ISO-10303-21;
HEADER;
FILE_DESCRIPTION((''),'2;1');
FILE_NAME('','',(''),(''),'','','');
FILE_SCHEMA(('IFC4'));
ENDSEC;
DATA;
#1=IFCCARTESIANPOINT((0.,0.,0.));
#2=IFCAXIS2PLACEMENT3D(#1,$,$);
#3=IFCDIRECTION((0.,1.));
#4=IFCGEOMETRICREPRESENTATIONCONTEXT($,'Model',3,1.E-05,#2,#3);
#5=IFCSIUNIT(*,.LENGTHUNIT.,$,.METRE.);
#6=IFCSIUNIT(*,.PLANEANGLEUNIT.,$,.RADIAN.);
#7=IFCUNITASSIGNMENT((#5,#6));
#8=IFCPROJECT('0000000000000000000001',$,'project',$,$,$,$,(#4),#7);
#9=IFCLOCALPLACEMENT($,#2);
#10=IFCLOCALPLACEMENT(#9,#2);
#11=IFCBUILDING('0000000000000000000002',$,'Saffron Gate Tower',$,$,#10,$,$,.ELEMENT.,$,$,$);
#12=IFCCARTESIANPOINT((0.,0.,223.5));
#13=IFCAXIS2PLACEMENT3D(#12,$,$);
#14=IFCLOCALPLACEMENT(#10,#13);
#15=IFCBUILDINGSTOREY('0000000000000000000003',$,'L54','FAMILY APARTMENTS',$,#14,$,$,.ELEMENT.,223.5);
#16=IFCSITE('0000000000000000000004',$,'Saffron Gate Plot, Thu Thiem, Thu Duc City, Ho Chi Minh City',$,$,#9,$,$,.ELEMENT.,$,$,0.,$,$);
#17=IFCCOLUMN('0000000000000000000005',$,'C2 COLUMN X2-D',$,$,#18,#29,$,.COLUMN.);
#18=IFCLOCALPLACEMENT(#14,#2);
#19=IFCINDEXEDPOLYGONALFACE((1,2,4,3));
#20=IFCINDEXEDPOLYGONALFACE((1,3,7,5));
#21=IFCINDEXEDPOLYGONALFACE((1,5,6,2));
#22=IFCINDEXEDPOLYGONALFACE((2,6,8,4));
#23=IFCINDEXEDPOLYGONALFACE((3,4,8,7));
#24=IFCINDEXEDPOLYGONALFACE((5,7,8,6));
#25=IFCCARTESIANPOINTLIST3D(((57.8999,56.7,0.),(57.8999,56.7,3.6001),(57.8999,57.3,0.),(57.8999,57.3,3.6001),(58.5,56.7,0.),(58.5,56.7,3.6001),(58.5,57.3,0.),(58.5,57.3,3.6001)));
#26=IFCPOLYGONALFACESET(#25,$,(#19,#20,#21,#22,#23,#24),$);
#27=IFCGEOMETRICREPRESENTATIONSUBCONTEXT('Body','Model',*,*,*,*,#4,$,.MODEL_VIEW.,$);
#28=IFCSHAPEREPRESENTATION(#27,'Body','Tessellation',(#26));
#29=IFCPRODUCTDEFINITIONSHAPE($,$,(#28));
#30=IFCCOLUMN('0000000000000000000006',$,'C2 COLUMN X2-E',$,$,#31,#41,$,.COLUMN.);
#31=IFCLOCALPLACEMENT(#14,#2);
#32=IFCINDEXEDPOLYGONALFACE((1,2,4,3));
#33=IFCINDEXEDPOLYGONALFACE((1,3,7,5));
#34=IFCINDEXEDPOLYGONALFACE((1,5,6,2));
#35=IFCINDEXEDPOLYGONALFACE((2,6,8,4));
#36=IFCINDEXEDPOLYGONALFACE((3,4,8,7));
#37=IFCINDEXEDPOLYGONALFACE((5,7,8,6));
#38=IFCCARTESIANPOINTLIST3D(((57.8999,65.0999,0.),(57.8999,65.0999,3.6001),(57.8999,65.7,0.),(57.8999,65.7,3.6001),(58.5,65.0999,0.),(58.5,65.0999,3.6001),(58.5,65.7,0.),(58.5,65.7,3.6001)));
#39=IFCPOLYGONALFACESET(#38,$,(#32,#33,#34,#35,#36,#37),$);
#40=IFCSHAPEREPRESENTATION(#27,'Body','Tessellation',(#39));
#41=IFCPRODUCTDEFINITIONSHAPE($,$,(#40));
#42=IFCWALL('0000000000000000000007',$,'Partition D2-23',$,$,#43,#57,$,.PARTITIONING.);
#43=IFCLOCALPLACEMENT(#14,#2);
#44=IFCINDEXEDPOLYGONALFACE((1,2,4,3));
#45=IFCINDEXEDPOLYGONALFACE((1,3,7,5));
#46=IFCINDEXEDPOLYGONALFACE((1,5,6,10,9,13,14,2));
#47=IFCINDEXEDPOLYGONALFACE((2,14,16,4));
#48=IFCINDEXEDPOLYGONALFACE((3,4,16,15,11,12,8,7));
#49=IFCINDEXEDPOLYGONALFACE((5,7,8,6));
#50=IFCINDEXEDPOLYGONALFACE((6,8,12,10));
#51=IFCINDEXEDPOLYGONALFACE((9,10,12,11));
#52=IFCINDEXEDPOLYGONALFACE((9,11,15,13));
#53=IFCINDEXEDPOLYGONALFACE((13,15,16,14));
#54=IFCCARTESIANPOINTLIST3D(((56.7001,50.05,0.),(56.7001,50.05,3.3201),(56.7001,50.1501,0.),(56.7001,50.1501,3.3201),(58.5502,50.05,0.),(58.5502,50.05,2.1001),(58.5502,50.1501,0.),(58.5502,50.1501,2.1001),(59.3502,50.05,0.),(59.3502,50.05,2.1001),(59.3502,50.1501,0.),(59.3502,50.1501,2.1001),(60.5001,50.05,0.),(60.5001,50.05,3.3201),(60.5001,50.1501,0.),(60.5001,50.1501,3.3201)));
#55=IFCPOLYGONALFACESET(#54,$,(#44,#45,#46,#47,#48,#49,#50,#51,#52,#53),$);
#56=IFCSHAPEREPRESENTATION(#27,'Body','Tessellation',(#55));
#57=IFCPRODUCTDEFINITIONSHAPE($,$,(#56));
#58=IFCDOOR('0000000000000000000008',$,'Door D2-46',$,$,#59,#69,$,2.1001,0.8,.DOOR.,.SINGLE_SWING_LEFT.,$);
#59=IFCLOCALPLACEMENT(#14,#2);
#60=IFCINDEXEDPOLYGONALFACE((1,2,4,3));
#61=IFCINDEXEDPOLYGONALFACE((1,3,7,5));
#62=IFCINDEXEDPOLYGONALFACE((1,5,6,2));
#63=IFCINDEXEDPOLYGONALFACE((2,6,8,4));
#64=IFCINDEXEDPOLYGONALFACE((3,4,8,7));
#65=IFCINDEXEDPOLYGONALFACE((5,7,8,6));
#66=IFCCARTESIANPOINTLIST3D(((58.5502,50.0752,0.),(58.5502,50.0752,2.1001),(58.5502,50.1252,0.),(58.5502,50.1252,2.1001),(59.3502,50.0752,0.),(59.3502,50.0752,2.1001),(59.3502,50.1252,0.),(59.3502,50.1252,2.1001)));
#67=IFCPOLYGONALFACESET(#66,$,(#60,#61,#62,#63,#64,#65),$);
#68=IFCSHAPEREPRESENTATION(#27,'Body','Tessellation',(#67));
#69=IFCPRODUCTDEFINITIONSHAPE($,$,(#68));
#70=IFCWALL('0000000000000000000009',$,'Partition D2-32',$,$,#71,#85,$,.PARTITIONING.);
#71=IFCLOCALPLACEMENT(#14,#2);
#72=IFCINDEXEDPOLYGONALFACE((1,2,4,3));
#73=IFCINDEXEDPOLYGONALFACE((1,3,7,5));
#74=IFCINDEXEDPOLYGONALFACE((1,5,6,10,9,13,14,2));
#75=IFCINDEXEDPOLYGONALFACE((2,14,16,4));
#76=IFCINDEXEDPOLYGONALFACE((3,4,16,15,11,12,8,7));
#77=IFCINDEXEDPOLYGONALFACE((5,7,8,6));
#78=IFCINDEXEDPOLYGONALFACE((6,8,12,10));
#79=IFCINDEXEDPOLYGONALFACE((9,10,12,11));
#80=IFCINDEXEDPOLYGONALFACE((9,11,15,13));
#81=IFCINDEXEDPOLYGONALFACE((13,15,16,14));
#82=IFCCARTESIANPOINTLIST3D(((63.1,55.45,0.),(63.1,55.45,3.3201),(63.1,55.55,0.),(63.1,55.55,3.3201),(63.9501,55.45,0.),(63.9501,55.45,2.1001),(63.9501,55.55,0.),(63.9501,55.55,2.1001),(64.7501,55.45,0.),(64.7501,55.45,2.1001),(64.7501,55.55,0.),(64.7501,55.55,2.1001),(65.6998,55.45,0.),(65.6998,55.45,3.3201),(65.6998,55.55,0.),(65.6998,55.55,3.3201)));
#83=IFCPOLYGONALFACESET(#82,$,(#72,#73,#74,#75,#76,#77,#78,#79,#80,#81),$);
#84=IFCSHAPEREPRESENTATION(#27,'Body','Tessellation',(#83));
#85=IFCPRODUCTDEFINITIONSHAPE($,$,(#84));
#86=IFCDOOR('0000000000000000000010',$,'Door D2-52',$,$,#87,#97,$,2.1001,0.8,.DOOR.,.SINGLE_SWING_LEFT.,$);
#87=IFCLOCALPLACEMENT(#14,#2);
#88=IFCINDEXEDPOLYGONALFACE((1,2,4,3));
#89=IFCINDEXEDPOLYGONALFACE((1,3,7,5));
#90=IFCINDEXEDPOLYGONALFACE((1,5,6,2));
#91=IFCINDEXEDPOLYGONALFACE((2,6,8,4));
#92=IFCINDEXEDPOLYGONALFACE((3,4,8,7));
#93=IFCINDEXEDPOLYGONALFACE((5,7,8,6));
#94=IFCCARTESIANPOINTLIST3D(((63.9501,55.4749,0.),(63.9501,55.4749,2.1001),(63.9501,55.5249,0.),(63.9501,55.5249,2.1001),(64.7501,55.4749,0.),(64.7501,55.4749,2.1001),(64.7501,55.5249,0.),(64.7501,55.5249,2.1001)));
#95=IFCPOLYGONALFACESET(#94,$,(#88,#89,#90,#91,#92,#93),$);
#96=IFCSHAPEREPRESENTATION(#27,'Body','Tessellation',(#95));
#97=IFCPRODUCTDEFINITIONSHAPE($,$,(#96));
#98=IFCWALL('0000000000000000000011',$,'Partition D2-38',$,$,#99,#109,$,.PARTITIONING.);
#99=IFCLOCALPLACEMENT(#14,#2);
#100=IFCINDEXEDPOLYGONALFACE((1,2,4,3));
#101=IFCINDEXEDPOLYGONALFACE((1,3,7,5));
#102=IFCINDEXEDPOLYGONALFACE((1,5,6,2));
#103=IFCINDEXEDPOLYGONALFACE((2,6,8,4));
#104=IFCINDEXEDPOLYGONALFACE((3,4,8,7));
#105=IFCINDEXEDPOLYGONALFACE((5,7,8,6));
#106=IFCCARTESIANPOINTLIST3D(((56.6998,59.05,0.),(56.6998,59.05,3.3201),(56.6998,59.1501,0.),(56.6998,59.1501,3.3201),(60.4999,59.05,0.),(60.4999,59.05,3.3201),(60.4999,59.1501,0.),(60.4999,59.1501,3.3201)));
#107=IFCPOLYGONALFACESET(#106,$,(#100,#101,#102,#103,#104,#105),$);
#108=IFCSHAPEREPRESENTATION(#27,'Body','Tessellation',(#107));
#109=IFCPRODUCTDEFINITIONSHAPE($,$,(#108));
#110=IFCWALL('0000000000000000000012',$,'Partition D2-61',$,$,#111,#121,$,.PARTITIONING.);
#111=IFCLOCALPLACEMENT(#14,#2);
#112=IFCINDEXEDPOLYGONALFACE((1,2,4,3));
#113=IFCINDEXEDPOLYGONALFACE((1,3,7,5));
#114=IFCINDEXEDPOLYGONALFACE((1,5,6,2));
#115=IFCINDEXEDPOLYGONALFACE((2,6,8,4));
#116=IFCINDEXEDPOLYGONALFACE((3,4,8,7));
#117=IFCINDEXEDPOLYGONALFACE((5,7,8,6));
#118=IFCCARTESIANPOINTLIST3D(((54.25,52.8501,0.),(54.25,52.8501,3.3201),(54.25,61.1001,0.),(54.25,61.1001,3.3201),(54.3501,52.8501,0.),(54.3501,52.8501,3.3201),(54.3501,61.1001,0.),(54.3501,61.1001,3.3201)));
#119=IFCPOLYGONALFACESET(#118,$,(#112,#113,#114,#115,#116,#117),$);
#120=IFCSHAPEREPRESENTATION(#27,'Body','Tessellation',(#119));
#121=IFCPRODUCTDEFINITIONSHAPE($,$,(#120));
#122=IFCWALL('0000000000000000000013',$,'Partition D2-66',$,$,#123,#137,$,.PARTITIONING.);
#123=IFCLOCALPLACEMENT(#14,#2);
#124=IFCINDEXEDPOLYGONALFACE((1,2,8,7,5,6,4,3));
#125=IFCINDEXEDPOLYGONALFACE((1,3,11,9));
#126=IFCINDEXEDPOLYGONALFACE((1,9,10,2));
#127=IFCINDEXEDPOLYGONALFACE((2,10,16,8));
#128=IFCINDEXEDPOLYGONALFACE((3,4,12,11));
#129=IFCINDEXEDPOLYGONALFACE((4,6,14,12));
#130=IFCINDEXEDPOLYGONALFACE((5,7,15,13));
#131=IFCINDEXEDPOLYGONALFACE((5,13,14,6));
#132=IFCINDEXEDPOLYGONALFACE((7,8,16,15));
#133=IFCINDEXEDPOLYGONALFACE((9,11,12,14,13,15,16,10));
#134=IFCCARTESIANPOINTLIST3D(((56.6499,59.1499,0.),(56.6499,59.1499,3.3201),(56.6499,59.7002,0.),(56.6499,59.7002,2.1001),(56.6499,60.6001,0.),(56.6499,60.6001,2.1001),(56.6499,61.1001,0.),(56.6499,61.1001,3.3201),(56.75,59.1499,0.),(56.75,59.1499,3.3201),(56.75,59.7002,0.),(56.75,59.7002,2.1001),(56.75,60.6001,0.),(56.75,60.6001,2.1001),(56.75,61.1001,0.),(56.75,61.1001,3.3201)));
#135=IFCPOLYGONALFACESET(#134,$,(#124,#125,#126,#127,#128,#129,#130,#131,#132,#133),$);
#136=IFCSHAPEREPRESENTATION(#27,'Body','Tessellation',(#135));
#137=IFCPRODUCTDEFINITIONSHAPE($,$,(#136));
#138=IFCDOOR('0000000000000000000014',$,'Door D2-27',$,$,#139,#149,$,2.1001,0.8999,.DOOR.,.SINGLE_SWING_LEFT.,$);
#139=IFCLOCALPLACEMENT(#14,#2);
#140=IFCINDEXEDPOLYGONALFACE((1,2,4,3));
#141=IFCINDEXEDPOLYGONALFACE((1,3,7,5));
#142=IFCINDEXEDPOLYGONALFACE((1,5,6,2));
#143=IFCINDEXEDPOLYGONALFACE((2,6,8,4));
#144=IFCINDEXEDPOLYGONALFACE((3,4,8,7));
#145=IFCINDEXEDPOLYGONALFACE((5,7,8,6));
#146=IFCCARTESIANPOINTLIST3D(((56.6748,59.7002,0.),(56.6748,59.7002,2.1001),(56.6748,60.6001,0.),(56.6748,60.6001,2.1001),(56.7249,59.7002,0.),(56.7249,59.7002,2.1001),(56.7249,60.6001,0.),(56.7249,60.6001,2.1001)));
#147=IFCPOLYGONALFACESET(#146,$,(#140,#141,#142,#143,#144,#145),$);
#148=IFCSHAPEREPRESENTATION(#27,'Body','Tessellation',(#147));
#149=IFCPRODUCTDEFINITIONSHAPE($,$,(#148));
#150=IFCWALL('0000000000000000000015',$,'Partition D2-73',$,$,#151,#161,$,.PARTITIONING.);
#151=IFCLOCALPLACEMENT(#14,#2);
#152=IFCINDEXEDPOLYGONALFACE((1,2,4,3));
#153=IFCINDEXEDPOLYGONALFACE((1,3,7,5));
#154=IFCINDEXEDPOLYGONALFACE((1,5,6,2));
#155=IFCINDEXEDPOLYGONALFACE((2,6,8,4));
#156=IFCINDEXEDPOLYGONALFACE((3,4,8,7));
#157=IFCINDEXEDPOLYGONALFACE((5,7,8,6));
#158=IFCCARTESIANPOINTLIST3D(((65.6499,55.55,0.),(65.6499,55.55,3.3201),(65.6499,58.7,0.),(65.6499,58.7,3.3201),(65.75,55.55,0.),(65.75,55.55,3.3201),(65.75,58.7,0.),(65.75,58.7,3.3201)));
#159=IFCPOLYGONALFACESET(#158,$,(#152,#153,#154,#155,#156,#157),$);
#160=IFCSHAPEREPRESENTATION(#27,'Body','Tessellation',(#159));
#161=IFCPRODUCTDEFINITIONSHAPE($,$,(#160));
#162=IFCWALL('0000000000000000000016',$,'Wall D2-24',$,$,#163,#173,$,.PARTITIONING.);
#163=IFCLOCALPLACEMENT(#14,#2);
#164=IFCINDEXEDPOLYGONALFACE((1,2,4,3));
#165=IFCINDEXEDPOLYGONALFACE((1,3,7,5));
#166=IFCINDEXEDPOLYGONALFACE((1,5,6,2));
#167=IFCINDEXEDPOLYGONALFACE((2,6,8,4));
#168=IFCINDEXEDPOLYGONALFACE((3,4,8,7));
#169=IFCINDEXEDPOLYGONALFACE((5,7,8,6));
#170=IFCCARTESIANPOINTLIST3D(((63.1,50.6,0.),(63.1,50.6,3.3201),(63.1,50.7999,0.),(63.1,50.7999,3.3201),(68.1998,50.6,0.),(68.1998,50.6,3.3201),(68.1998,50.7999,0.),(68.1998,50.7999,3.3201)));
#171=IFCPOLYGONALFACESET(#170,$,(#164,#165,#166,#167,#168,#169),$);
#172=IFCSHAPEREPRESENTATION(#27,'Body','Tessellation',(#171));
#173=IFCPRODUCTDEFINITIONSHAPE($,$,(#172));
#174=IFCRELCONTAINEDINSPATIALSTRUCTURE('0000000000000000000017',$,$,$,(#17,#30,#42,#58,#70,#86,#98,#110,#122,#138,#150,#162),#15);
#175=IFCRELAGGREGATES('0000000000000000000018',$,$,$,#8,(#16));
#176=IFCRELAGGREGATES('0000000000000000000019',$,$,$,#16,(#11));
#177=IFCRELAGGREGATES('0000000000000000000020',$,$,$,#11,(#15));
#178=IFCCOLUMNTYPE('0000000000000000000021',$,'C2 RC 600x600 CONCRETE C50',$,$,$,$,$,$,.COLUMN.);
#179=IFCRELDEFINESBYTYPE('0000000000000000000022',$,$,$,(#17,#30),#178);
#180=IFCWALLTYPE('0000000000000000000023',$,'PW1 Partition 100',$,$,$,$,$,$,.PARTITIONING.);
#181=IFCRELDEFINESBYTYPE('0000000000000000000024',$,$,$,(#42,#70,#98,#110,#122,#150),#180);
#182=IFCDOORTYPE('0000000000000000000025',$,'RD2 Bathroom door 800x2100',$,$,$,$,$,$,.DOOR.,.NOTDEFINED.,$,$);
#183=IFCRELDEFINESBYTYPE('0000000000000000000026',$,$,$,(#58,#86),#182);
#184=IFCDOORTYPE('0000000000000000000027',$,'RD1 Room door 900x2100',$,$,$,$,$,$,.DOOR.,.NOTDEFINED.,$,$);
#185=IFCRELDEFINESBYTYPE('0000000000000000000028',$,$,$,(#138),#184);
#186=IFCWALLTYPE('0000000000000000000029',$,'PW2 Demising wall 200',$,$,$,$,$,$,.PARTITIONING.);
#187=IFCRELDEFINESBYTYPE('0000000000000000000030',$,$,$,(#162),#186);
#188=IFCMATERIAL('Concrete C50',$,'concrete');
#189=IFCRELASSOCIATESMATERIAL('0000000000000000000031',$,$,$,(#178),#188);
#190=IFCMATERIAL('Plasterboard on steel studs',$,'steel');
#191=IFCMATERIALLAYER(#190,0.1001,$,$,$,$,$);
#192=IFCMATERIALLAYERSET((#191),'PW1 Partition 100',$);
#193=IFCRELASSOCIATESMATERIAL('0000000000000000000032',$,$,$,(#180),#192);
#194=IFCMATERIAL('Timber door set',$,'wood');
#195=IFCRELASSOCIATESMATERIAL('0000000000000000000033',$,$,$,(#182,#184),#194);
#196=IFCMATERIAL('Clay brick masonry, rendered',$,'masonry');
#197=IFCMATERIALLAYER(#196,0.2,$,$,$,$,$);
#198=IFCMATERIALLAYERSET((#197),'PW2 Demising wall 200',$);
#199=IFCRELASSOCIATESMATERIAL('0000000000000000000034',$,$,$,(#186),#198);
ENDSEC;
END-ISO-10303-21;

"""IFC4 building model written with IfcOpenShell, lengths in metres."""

from ifc_helpers import new_model, si_unit, direction, frame, frame_2d, origin, origin_2d, place, context, subcontext, project, spatial, rectangle, extrude, material, layer, layer_set, material_profile, profile_set, type_object, element, fill, save


model = new_model("IFC4")

# Units and contexts
model_context = context("Model", 3, precision=1e-05, world=origin(), true_north=direction((0.0, 1.0)))
body_context = subcontext(model_context, "Body", "Model", "MODEL_VIEW")
ifc_project = project(units=[si_unit("LENGTHUNIT", "METRE"), si_unit("PLANEANGLEUNIT", "RADIAN")], contexts=[model_context])

# Site, building, storey
site_placement = place(None, origin())
site = spatial("IfcSite", under=ifc_project, at=site_placement, Name="Saffron Gate Plot, Thu Thiem, Thu Duc City, Ho Chi Minh City", CompositionType="ELEMENT", RefElevation=0.0)
building_placement = place(site_placement, origin())
building = spatial("IfcBuilding", under=site, at=building_placement, Name="Saffron Gate Tower", CompositionType="ELEMENT")
storey_placement = place(building_placement, frame((0.0, 0.0, 223.5)))
storey = spatial("IfcBuildingStorey", under=building, at=storey_placement, Name="L54", Description="FAMILY APARTMENTS", CompositionType="ELEMENT", Elevation=223.5)

# Columns
ifc_material_1 = material(Name="Concrete C50", Category="concrete")
ifc_material_profile = material_profile(ifc_material_1, rectangle(XDim=0.6001, YDim=0.6001, at=origin_2d()))
ifc_profile_set = profile_set([ifc_material_profile], Name="Concrete C50")
column_type = type_object("IfcColumnType", Name="C2 RC 600x600 CONCRETE C50", PredefinedType="COLUMN", material=ifc_profile_set)
for number, where, z_axis, x_axis, name in (
    (1, (58.2, 57.0, 0.0), (0.0, 0.0, 1.0), (1.0, 0.0, 0.0), "C2 COLUMN X2-D"),
    (2, (58.2, 65.3999, 0.0), (0.0, 0.0, 1.0), (1.0, 0.0, 0.0), "C2 COLUMN X2-E"),
):
    element("IfcColumn", number, at=place(storey_placement, frame(where, z_axis=z_axis, x_axis=x_axis)), inside=storey, type_object=column_type, Name=name, PredefinedType="COLUMN", context=body_context, shape_type="SweptSolid", body=[
        extrude(rectangle(XDim=0.6001, YDim=0.6001, at=origin_2d()), origin(), (0.0, 0.0, 1.0), 3.6001),
    ])

# Walls, openings, doors
ifc_material_2 = material(Name="Plasterboard on steel studs", Category="steel")
ifc_layer_1 = layer(ifc_material_2, 0.1001)
ifc_layer_set_1 = layer_set([ifc_layer_1], Name="PW1 Partition 100")
wall_type_1 = type_object("IfcWallType", Name="PW1 Partition 100", PredefinedType="PARTITIONING", material=ifc_layer_set_1)
wall_1_placement = place(storey_placement, frame((60.5, 50.1001, 0.0), z_axis=(0.0, 0.0, 1.0), x_axis=(-1.0, 0.0, 0.0)))
wall_1 = element("IfcWall", 3, at=wall_1_placement, inside=storey, type_object=wall_type_1, Name="Partition D2-23", PredefinedType="PARTITIONING", context=body_context, shape_type="SweptSolid", body=[
    extrude(rectangle(XDim=3.8, YDim=0.1001, at=frame_2d((1.8999, 0.0))), origin(), (0.0, 0.0, 1.0), 3.3201),
])
opening_1_placement = place(wall_1_placement, frame((1.1499, 0.0, 0.0)))
opening_1 = element("IfcOpeningElement", 4, at=opening_1_placement, cuts=wall_1, PredefinedType="OPENING", context=body_context, shape_type="SweptSolid", body=[
    extrude(rectangle(XDim=0.8, YDim=2.1001, at=frame_2d((0.3999, 1.05))), frame((0.0, 0.0601, 0.0), z_axis=(0.0, -1.0, 0.0), x_axis=(1.0, 0.0, 0.0)), (0.0, 0.0, 1.0), 0.1201),
])
ifc_material_3 = material(Name="Timber door set", Category="wood")
door_type_1 = type_object("IfcDoorType", Name="RD2 Bathroom door 800x2100", OperationType="NOTDEFINED", PredefinedType="DOOR", material=ifc_material_3)
door_1_placement = place(opening_1_placement, origin())
door_1 = element("IfcDoor", 5, at=door_1_placement, inside=storey, type_object=door_type_1, Name="Door D2-46", OperationType="SINGLE_SWING_LEFT", OverallHeight=2.1001, OverallWidth=0.8, PredefinedType="DOOR", context=body_context, shape_type="SweptSolid", body=[
    extrude(rectangle(XDim=0.8, YDim=2.1001, at=frame_2d((0.3999, 1.05))), frame((0.0, 0.0249, 0.0), z_axis=(0.0, -1.0, 0.0), x_axis=(1.0, 0.0, 0.0)), (0.0, 0.0, 1.0), 0.05),
])
fill(opening_1, door_1)
wall_2_placement = place(storey_placement, frame((63.1001, 55.5, 0.0), z_axis=(0.0, 0.0, 1.0), x_axis=(1.0, 0.0, 0.0)))
wall_2 = element("IfcWall", 6, at=wall_2_placement, inside=storey, type_object=wall_type_1, Name="Partition D2-32", PredefinedType="PARTITIONING", context=body_context, shape_type="SweptSolid", body=[
    extrude(rectangle(XDim=2.5999, YDim=0.1001, at=frame_2d((1.2998, 0.0))), origin(), (0.0, 0.0, 1.0), 3.3201),
])
opening_2_placement = place(wall_2_placement, frame((0.8501, 0.0, 0.0)))
opening_2 = element("IfcOpeningElement", 7, at=opening_2_placement, cuts=wall_2, PredefinedType="OPENING", context=body_context, shape_type="SweptSolid", body=[
    extrude(rectangle(XDim=0.8, YDim=2.1001, at=frame_2d((0.3999, 1.05))), frame((0.0, 0.0601, 0.0), z_axis=(0.0, -1.0, 0.0), x_axis=(1.0, 0.0, 0.0)), (0.0, 0.0, 1.0), 0.1201),
])
door_2_placement = place(opening_2_placement, origin())
door_2 = element("IfcDoor", 8, at=door_2_placement, inside=storey, type_object=door_type_1, Name="Door D2-52", OperationType="SINGLE_SWING_LEFT", OverallHeight=2.1001, OverallWidth=0.8, PredefinedType="DOOR", context=body_context, shape_type="SweptSolid", body=[
    extrude(rectangle(XDim=0.8, YDim=2.1001, at=frame_2d((0.3999, 1.05))), frame((0.0, 0.0249, 0.0), z_axis=(0.0, -1.0, 0.0), x_axis=(1.0, 0.0, 0.0)), (0.0, 0.0, 1.0), 0.05),
])
fill(opening_2, door_2)

# Walls
wall_3_placement = place(storey_placement, frame((56.7, 59.1001, 0.0), z_axis=(0.0, 0.0, 1.0), x_axis=(1.0, 0.0, 0.0)))
element("IfcWall", 9, at=wall_3_placement, inside=storey, type_object=wall_type_1, Name="Partition D2-38", PredefinedType="PARTITIONING", context=body_context, shape_type="SweptSolid", body=[
    extrude(rectangle(XDim=3.8, YDim=0.1001, at=frame_2d((1.8999, 0.0))), origin(), (0.0, 0.0, 1.0), 3.3201),
])
wall_4_placement = place(storey_placement, frame((54.3, 61.1001, 0.0), z_axis=(0.0, 0.0, 1.0), x_axis=(0.0, -1.0, 0.0)))
element("IfcWall", 10, at=wall_4_placement, inside=storey, type_object=wall_type_1, Name="Partition D2-61", PredefinedType="PARTITIONING", context=body_context, shape_type="SweptSolid", body=[
    extrude(rectangle(XDim=8.25, YDim=0.1001, at=frame_2d((4.125, 0.0))), origin(), (0.0, 0.0, 1.0), 3.3201),
])

# Wall, opening, door
wall_5_placement = place(storey_placement, frame((56.7, 61.1001, 0.0), z_axis=(0.0, 0.0, 1.0), x_axis=(0.0, -1.0, 0.0)))
wall_5 = element("IfcWall", 11, at=wall_5_placement, inside=storey, type_object=wall_type_1, Name="Partition D2-66", PredefinedType="PARTITIONING", context=body_context, shape_type="SweptSolid", body=[
    extrude(rectangle(XDim=1.9502, YDim=0.1001, at=frame_2d((0.9751, 0.0))), origin(), (0.0, 0.0, 1.0), 3.3201),
])
opening_3_placement = place(wall_5_placement, frame((0.5, 0.0, 0.0)))
opening_3 = element("IfcOpeningElement", 12, at=opening_3_placement, cuts=wall_5, PredefinedType="OPENING", context=body_context, shape_type="SweptSolid", body=[
    extrude(rectangle(XDim=0.8999, YDim=2.1001, at=frame_2d((0.45, 1.05))), frame((0.0, 0.0601, 0.0), z_axis=(0.0, -1.0, 0.0), x_axis=(1.0, 0.0, 0.0)), (0.0, 0.0, 1.0), 0.1201),
])
door_type_2 = type_object("IfcDoorType", Name="RD1 Room door 900x2100", OperationType="NOTDEFINED", PredefinedType="DOOR", material=ifc_material_3)
door_3_placement = place(opening_3_placement, origin())
door_3 = element("IfcDoor", 13, at=door_3_placement, inside=storey, type_object=door_type_2, Name="Door D2-27", OperationType="SINGLE_SWING_LEFT", OverallHeight=2.1001, OverallWidth=0.8999, PredefinedType="DOOR", context=body_context, shape_type="SweptSolid", body=[
    extrude(rectangle(XDim=0.8999, YDim=2.1001, at=frame_2d((0.45, 1.05))), frame((0.0, 0.0249, 0.0), z_axis=(0.0, -1.0, 0.0), x_axis=(1.0, 0.0, 0.0)), (0.0, 0.0, 1.0), 0.05),
])
fill(opening_3, door_3)

# Walls
wall_6_placement = place(storey_placement, frame((65.7, 58.7, 0.0), z_axis=(0.0, 0.0, 1.0), x_axis=(0.0, -1.0, 0.0)))
element("IfcWall", 14, at=wall_6_placement, inside=storey, type_object=wall_type_1, Name="Partition D2-73", PredefinedType="PARTITIONING", context=body_context, shape_type="SweptSolid", body=[
    extrude(rectangle(XDim=3.1499, YDim=0.1001, at=frame_2d((1.575, 0.0))), origin(), (0.0, 0.0, 1.0), 3.3201),
])
ifc_material_4 = material(Name="Clay brick masonry, rendered", Category="masonry")
ifc_layer_2 = layer(ifc_material_4, 0.2)
ifc_layer_set_2 = layer_set([ifc_layer_2], Name="PW2 Demising wall 200")
wall_type_2 = type_object("IfcWallType", Name="PW2 Demising wall 200", PredefinedType="PARTITIONING", material=ifc_layer_set_2)
wall_7_placement = place(storey_placement, frame((63.1001, 50.7, 0.0), z_axis=(0.0, 0.0, 1.0), x_axis=(1.0, 0.0, 0.0)))
element("IfcWall", 15, at=wall_7_placement, inside=storey, type_object=wall_type_2, Name="Wall D2-24", PredefinedType="PARTITIONING", context=body_context, shape_type="SweptSolid", body=[
    extrude(rectangle(XDim=5.0999, YDim=0.2, at=frame_2d((2.5498, 0.0))), origin(), (0.0, 0.0, 1.0), 3.3201),
])

save(model, "model.ifc")
